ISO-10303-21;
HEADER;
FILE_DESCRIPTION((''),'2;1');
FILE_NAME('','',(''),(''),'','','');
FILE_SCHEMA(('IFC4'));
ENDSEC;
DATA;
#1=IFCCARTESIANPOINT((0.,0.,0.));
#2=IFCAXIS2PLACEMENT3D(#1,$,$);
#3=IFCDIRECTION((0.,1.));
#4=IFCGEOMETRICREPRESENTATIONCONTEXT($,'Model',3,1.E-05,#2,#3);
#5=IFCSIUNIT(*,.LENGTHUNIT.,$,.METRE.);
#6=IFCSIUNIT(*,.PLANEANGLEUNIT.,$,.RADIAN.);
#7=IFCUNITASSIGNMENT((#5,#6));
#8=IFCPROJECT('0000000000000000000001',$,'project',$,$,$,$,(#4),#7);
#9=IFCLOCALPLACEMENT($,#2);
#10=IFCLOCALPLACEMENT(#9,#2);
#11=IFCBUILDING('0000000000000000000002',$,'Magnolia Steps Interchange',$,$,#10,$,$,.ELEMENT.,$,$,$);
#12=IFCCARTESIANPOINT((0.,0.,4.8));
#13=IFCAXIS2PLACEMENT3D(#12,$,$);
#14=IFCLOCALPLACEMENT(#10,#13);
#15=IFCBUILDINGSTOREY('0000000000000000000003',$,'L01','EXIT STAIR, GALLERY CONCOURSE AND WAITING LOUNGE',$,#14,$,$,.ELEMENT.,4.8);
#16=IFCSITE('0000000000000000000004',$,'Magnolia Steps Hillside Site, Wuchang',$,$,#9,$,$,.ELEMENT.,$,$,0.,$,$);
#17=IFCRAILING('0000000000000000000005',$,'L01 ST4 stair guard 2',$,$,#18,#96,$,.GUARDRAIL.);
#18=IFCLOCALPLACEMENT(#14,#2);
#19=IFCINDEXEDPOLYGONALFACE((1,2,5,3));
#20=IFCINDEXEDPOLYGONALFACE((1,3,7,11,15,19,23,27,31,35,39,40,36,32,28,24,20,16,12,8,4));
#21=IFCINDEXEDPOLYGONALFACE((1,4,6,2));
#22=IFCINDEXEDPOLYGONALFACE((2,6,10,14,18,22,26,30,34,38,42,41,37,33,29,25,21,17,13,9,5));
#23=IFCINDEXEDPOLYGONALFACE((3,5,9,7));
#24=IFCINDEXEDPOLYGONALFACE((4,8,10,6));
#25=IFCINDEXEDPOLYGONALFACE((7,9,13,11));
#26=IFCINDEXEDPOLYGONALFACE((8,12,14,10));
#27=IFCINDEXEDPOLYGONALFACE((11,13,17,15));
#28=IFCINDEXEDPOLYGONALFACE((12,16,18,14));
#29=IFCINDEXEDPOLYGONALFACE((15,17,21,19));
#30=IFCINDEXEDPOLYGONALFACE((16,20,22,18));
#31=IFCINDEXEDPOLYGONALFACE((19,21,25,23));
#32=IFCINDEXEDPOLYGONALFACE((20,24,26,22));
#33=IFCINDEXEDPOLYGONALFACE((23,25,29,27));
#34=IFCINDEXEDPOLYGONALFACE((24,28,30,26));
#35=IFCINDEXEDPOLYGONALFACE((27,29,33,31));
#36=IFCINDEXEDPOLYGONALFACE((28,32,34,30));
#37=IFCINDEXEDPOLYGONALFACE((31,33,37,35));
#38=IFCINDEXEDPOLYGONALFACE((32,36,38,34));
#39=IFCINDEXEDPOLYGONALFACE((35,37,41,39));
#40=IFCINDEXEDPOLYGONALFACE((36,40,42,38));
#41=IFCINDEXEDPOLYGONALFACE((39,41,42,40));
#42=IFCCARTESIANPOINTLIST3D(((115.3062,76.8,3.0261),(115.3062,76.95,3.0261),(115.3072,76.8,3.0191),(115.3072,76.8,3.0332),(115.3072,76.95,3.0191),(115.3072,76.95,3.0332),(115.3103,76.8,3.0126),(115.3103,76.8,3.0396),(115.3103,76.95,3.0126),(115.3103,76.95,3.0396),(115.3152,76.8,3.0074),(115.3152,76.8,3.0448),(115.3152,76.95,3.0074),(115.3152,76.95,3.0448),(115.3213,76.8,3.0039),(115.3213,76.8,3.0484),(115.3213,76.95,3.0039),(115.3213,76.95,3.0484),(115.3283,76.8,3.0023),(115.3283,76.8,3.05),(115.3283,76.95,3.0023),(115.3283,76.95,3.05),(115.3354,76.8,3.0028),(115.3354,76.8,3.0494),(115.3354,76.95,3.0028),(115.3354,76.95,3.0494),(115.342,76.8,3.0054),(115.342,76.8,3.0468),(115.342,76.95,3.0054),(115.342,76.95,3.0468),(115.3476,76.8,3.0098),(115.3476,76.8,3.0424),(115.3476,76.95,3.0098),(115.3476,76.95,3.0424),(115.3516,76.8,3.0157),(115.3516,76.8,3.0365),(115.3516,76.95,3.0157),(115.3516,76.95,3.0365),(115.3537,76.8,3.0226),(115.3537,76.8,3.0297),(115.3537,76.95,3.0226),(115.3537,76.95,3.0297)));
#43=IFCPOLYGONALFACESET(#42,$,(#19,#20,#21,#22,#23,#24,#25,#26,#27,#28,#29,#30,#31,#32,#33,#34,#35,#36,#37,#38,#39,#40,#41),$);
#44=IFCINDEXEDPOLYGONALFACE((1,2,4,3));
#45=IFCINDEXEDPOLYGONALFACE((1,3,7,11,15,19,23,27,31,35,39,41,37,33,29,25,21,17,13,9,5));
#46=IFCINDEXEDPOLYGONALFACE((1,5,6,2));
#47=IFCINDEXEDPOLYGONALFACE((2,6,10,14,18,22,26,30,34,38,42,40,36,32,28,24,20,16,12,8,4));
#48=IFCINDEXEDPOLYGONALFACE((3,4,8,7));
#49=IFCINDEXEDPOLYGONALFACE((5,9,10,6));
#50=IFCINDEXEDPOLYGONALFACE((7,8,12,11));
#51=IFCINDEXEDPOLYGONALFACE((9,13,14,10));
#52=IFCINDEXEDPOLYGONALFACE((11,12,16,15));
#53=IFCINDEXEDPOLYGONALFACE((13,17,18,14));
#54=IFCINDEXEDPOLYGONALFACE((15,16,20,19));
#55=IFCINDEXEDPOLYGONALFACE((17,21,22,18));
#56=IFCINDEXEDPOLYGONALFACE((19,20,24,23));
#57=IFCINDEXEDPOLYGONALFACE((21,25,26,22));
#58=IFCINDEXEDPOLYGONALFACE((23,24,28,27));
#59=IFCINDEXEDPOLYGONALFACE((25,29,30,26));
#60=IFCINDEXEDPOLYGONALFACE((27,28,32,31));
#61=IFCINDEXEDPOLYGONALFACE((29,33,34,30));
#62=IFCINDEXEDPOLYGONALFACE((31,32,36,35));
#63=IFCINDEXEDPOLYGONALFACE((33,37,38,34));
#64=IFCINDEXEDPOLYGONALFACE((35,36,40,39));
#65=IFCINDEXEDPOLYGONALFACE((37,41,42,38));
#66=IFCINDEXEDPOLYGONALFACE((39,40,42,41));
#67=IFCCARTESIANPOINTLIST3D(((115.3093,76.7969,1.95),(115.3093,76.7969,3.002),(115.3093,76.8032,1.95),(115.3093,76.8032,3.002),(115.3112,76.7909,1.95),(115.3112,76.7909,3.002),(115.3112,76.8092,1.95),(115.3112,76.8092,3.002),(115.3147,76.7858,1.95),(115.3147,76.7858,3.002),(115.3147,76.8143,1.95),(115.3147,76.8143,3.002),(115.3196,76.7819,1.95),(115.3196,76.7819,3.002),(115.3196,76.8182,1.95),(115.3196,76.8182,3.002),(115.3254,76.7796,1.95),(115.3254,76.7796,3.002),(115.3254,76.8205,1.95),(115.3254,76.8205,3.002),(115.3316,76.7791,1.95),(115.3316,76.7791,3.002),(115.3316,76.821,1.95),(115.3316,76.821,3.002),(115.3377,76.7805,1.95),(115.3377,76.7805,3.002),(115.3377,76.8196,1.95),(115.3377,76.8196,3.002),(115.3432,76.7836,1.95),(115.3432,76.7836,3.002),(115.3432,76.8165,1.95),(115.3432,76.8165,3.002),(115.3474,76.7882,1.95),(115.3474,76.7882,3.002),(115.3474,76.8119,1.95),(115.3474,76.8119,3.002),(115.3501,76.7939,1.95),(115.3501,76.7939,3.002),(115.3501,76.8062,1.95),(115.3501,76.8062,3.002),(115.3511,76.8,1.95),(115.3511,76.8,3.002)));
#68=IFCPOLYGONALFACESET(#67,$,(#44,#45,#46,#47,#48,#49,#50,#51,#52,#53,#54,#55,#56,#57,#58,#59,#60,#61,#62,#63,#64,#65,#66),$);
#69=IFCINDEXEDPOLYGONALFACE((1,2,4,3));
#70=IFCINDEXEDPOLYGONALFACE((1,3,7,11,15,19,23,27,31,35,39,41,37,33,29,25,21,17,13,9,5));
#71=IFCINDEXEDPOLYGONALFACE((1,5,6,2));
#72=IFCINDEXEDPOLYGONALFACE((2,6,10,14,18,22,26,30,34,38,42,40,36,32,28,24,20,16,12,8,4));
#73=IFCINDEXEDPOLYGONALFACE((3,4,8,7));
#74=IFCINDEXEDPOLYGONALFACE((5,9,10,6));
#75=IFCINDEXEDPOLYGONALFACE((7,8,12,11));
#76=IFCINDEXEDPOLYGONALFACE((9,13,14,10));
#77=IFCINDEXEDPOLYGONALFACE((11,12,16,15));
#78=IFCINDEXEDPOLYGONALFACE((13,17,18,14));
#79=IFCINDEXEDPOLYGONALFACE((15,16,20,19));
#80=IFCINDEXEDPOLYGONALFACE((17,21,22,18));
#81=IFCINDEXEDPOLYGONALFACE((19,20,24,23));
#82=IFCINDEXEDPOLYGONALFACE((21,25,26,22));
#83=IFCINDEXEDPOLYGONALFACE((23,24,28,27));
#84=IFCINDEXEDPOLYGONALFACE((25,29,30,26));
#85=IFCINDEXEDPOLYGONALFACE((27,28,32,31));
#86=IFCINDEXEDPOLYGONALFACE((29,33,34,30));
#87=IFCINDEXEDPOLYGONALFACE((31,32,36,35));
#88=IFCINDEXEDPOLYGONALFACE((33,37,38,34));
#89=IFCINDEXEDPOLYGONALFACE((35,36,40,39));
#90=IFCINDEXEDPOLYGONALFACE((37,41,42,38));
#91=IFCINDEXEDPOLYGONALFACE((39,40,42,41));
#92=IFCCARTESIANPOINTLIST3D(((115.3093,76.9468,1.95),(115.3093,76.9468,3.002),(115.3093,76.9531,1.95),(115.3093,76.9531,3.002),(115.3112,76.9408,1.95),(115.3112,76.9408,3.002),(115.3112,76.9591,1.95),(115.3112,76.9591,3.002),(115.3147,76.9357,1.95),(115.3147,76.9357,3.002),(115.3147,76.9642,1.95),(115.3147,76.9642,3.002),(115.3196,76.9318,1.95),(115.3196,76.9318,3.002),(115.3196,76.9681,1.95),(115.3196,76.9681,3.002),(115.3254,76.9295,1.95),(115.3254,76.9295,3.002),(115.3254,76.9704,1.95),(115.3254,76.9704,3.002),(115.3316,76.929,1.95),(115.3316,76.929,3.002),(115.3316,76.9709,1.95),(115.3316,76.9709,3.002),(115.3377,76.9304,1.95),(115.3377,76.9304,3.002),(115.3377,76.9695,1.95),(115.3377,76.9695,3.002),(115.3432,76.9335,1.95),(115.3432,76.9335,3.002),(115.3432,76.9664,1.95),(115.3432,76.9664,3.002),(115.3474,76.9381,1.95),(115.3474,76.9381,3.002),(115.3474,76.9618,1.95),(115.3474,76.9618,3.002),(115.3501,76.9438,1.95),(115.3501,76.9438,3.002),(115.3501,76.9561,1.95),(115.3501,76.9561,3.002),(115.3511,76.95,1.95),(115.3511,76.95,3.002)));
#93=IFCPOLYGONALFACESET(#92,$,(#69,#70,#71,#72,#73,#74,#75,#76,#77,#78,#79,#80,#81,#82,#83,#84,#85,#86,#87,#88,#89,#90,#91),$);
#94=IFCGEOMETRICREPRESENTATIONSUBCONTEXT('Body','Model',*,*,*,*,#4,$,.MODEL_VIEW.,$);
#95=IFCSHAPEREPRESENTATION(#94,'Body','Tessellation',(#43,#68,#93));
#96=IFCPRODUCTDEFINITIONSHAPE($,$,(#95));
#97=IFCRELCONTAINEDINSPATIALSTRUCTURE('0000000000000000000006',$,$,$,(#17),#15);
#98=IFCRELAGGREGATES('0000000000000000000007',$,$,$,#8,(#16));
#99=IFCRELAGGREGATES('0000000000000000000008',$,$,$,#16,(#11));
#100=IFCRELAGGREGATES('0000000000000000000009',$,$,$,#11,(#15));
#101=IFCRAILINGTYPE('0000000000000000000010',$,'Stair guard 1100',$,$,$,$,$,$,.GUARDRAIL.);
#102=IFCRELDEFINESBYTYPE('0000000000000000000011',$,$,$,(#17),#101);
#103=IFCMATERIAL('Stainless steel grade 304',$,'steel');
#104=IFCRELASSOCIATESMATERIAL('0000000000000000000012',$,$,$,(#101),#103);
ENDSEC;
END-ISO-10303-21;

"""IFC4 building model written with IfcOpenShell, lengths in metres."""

from ifc_helpers import new_model, si_unit, direction, frame, origin, origin_2d, place, context, subcontext, project, spatial, circle, extrude, material, type_object, element, save


model = new_model("IFC4")

# Units and contexts
model_context = context("Model", 3, precision=1e-05, world=origin(), true_north=direction((0.0, 1.0)))
body_context = subcontext(model_context, "Body", "Model", "MODEL_VIEW")
ifc_project = project(units=[si_unit("LENGTHUNIT", "METRE"), si_unit("PLANEANGLEUNIT", "RADIAN")], contexts=[model_context])

# Site, building, storey
site_placement = place(None, origin())
site = spatial("IfcSite", under=ifc_project, at=site_placement, Name="Magnolia Steps Hillside Site, Wuchang", CompositionType="ELEMENT", RefElevation=0.0)
building_placement = place(site_placement, origin())
building = spatial("IfcBuilding", under=site, at=building_placement, Name="Magnolia Steps Interchange", CompositionType="ELEMENT")
storey_placement = place(building_placement, frame((0.0, 0.0, 4.8)))
storey = spatial("IfcBuildingStorey", under=building, at=storey_placement, Name="L01", Description="EXIT STAIR, GALLERY CONCOURSE AND WAITING LOUNGE", CompositionType="ELEMENT", Elevation=4.8)

# Railing
ifc_material_1 = material(Name="Stainless steel grade 304", Category="steel")
railing_type_1 = type_object("IfcRailingType", Name="Stair guard 1100", PredefinedType="GUARDRAIL", material=ifc_material_1)
railing_1_placement = place(storey_placement, frame((115.3301, 76.8, 1.95)))
element("IfcRailing", 1, at=railing_1_placement, inside=storey, type_object=railing_type_1, Name="L01 ST4 stair guard 2", PredefinedType="GUARDRAIL", context=body_context, shape_type="SweptSolid", body=[
    extrude(circle(Radius=0.0239, at=origin_2d()), frame((0.0, 0.0, 1.0762), z_axis=(0.0, 1.0, 0.0), x_axis=(-1.0, 0.0, 0.0)), (0.0, 0.0, 1.0), 0.1499),
    extrude(circle(Radius=0.021, at=origin_2d()), origin(), (0.0, 0.0, 1.0), 1.052),
    extrude(circle(Radius=0.021, at=origin_2d()), frame((0.0, 0.1499, 0.0)), (0.0, 0.0, 1.0), 1.052),
])

save(model, "model.ifc")
